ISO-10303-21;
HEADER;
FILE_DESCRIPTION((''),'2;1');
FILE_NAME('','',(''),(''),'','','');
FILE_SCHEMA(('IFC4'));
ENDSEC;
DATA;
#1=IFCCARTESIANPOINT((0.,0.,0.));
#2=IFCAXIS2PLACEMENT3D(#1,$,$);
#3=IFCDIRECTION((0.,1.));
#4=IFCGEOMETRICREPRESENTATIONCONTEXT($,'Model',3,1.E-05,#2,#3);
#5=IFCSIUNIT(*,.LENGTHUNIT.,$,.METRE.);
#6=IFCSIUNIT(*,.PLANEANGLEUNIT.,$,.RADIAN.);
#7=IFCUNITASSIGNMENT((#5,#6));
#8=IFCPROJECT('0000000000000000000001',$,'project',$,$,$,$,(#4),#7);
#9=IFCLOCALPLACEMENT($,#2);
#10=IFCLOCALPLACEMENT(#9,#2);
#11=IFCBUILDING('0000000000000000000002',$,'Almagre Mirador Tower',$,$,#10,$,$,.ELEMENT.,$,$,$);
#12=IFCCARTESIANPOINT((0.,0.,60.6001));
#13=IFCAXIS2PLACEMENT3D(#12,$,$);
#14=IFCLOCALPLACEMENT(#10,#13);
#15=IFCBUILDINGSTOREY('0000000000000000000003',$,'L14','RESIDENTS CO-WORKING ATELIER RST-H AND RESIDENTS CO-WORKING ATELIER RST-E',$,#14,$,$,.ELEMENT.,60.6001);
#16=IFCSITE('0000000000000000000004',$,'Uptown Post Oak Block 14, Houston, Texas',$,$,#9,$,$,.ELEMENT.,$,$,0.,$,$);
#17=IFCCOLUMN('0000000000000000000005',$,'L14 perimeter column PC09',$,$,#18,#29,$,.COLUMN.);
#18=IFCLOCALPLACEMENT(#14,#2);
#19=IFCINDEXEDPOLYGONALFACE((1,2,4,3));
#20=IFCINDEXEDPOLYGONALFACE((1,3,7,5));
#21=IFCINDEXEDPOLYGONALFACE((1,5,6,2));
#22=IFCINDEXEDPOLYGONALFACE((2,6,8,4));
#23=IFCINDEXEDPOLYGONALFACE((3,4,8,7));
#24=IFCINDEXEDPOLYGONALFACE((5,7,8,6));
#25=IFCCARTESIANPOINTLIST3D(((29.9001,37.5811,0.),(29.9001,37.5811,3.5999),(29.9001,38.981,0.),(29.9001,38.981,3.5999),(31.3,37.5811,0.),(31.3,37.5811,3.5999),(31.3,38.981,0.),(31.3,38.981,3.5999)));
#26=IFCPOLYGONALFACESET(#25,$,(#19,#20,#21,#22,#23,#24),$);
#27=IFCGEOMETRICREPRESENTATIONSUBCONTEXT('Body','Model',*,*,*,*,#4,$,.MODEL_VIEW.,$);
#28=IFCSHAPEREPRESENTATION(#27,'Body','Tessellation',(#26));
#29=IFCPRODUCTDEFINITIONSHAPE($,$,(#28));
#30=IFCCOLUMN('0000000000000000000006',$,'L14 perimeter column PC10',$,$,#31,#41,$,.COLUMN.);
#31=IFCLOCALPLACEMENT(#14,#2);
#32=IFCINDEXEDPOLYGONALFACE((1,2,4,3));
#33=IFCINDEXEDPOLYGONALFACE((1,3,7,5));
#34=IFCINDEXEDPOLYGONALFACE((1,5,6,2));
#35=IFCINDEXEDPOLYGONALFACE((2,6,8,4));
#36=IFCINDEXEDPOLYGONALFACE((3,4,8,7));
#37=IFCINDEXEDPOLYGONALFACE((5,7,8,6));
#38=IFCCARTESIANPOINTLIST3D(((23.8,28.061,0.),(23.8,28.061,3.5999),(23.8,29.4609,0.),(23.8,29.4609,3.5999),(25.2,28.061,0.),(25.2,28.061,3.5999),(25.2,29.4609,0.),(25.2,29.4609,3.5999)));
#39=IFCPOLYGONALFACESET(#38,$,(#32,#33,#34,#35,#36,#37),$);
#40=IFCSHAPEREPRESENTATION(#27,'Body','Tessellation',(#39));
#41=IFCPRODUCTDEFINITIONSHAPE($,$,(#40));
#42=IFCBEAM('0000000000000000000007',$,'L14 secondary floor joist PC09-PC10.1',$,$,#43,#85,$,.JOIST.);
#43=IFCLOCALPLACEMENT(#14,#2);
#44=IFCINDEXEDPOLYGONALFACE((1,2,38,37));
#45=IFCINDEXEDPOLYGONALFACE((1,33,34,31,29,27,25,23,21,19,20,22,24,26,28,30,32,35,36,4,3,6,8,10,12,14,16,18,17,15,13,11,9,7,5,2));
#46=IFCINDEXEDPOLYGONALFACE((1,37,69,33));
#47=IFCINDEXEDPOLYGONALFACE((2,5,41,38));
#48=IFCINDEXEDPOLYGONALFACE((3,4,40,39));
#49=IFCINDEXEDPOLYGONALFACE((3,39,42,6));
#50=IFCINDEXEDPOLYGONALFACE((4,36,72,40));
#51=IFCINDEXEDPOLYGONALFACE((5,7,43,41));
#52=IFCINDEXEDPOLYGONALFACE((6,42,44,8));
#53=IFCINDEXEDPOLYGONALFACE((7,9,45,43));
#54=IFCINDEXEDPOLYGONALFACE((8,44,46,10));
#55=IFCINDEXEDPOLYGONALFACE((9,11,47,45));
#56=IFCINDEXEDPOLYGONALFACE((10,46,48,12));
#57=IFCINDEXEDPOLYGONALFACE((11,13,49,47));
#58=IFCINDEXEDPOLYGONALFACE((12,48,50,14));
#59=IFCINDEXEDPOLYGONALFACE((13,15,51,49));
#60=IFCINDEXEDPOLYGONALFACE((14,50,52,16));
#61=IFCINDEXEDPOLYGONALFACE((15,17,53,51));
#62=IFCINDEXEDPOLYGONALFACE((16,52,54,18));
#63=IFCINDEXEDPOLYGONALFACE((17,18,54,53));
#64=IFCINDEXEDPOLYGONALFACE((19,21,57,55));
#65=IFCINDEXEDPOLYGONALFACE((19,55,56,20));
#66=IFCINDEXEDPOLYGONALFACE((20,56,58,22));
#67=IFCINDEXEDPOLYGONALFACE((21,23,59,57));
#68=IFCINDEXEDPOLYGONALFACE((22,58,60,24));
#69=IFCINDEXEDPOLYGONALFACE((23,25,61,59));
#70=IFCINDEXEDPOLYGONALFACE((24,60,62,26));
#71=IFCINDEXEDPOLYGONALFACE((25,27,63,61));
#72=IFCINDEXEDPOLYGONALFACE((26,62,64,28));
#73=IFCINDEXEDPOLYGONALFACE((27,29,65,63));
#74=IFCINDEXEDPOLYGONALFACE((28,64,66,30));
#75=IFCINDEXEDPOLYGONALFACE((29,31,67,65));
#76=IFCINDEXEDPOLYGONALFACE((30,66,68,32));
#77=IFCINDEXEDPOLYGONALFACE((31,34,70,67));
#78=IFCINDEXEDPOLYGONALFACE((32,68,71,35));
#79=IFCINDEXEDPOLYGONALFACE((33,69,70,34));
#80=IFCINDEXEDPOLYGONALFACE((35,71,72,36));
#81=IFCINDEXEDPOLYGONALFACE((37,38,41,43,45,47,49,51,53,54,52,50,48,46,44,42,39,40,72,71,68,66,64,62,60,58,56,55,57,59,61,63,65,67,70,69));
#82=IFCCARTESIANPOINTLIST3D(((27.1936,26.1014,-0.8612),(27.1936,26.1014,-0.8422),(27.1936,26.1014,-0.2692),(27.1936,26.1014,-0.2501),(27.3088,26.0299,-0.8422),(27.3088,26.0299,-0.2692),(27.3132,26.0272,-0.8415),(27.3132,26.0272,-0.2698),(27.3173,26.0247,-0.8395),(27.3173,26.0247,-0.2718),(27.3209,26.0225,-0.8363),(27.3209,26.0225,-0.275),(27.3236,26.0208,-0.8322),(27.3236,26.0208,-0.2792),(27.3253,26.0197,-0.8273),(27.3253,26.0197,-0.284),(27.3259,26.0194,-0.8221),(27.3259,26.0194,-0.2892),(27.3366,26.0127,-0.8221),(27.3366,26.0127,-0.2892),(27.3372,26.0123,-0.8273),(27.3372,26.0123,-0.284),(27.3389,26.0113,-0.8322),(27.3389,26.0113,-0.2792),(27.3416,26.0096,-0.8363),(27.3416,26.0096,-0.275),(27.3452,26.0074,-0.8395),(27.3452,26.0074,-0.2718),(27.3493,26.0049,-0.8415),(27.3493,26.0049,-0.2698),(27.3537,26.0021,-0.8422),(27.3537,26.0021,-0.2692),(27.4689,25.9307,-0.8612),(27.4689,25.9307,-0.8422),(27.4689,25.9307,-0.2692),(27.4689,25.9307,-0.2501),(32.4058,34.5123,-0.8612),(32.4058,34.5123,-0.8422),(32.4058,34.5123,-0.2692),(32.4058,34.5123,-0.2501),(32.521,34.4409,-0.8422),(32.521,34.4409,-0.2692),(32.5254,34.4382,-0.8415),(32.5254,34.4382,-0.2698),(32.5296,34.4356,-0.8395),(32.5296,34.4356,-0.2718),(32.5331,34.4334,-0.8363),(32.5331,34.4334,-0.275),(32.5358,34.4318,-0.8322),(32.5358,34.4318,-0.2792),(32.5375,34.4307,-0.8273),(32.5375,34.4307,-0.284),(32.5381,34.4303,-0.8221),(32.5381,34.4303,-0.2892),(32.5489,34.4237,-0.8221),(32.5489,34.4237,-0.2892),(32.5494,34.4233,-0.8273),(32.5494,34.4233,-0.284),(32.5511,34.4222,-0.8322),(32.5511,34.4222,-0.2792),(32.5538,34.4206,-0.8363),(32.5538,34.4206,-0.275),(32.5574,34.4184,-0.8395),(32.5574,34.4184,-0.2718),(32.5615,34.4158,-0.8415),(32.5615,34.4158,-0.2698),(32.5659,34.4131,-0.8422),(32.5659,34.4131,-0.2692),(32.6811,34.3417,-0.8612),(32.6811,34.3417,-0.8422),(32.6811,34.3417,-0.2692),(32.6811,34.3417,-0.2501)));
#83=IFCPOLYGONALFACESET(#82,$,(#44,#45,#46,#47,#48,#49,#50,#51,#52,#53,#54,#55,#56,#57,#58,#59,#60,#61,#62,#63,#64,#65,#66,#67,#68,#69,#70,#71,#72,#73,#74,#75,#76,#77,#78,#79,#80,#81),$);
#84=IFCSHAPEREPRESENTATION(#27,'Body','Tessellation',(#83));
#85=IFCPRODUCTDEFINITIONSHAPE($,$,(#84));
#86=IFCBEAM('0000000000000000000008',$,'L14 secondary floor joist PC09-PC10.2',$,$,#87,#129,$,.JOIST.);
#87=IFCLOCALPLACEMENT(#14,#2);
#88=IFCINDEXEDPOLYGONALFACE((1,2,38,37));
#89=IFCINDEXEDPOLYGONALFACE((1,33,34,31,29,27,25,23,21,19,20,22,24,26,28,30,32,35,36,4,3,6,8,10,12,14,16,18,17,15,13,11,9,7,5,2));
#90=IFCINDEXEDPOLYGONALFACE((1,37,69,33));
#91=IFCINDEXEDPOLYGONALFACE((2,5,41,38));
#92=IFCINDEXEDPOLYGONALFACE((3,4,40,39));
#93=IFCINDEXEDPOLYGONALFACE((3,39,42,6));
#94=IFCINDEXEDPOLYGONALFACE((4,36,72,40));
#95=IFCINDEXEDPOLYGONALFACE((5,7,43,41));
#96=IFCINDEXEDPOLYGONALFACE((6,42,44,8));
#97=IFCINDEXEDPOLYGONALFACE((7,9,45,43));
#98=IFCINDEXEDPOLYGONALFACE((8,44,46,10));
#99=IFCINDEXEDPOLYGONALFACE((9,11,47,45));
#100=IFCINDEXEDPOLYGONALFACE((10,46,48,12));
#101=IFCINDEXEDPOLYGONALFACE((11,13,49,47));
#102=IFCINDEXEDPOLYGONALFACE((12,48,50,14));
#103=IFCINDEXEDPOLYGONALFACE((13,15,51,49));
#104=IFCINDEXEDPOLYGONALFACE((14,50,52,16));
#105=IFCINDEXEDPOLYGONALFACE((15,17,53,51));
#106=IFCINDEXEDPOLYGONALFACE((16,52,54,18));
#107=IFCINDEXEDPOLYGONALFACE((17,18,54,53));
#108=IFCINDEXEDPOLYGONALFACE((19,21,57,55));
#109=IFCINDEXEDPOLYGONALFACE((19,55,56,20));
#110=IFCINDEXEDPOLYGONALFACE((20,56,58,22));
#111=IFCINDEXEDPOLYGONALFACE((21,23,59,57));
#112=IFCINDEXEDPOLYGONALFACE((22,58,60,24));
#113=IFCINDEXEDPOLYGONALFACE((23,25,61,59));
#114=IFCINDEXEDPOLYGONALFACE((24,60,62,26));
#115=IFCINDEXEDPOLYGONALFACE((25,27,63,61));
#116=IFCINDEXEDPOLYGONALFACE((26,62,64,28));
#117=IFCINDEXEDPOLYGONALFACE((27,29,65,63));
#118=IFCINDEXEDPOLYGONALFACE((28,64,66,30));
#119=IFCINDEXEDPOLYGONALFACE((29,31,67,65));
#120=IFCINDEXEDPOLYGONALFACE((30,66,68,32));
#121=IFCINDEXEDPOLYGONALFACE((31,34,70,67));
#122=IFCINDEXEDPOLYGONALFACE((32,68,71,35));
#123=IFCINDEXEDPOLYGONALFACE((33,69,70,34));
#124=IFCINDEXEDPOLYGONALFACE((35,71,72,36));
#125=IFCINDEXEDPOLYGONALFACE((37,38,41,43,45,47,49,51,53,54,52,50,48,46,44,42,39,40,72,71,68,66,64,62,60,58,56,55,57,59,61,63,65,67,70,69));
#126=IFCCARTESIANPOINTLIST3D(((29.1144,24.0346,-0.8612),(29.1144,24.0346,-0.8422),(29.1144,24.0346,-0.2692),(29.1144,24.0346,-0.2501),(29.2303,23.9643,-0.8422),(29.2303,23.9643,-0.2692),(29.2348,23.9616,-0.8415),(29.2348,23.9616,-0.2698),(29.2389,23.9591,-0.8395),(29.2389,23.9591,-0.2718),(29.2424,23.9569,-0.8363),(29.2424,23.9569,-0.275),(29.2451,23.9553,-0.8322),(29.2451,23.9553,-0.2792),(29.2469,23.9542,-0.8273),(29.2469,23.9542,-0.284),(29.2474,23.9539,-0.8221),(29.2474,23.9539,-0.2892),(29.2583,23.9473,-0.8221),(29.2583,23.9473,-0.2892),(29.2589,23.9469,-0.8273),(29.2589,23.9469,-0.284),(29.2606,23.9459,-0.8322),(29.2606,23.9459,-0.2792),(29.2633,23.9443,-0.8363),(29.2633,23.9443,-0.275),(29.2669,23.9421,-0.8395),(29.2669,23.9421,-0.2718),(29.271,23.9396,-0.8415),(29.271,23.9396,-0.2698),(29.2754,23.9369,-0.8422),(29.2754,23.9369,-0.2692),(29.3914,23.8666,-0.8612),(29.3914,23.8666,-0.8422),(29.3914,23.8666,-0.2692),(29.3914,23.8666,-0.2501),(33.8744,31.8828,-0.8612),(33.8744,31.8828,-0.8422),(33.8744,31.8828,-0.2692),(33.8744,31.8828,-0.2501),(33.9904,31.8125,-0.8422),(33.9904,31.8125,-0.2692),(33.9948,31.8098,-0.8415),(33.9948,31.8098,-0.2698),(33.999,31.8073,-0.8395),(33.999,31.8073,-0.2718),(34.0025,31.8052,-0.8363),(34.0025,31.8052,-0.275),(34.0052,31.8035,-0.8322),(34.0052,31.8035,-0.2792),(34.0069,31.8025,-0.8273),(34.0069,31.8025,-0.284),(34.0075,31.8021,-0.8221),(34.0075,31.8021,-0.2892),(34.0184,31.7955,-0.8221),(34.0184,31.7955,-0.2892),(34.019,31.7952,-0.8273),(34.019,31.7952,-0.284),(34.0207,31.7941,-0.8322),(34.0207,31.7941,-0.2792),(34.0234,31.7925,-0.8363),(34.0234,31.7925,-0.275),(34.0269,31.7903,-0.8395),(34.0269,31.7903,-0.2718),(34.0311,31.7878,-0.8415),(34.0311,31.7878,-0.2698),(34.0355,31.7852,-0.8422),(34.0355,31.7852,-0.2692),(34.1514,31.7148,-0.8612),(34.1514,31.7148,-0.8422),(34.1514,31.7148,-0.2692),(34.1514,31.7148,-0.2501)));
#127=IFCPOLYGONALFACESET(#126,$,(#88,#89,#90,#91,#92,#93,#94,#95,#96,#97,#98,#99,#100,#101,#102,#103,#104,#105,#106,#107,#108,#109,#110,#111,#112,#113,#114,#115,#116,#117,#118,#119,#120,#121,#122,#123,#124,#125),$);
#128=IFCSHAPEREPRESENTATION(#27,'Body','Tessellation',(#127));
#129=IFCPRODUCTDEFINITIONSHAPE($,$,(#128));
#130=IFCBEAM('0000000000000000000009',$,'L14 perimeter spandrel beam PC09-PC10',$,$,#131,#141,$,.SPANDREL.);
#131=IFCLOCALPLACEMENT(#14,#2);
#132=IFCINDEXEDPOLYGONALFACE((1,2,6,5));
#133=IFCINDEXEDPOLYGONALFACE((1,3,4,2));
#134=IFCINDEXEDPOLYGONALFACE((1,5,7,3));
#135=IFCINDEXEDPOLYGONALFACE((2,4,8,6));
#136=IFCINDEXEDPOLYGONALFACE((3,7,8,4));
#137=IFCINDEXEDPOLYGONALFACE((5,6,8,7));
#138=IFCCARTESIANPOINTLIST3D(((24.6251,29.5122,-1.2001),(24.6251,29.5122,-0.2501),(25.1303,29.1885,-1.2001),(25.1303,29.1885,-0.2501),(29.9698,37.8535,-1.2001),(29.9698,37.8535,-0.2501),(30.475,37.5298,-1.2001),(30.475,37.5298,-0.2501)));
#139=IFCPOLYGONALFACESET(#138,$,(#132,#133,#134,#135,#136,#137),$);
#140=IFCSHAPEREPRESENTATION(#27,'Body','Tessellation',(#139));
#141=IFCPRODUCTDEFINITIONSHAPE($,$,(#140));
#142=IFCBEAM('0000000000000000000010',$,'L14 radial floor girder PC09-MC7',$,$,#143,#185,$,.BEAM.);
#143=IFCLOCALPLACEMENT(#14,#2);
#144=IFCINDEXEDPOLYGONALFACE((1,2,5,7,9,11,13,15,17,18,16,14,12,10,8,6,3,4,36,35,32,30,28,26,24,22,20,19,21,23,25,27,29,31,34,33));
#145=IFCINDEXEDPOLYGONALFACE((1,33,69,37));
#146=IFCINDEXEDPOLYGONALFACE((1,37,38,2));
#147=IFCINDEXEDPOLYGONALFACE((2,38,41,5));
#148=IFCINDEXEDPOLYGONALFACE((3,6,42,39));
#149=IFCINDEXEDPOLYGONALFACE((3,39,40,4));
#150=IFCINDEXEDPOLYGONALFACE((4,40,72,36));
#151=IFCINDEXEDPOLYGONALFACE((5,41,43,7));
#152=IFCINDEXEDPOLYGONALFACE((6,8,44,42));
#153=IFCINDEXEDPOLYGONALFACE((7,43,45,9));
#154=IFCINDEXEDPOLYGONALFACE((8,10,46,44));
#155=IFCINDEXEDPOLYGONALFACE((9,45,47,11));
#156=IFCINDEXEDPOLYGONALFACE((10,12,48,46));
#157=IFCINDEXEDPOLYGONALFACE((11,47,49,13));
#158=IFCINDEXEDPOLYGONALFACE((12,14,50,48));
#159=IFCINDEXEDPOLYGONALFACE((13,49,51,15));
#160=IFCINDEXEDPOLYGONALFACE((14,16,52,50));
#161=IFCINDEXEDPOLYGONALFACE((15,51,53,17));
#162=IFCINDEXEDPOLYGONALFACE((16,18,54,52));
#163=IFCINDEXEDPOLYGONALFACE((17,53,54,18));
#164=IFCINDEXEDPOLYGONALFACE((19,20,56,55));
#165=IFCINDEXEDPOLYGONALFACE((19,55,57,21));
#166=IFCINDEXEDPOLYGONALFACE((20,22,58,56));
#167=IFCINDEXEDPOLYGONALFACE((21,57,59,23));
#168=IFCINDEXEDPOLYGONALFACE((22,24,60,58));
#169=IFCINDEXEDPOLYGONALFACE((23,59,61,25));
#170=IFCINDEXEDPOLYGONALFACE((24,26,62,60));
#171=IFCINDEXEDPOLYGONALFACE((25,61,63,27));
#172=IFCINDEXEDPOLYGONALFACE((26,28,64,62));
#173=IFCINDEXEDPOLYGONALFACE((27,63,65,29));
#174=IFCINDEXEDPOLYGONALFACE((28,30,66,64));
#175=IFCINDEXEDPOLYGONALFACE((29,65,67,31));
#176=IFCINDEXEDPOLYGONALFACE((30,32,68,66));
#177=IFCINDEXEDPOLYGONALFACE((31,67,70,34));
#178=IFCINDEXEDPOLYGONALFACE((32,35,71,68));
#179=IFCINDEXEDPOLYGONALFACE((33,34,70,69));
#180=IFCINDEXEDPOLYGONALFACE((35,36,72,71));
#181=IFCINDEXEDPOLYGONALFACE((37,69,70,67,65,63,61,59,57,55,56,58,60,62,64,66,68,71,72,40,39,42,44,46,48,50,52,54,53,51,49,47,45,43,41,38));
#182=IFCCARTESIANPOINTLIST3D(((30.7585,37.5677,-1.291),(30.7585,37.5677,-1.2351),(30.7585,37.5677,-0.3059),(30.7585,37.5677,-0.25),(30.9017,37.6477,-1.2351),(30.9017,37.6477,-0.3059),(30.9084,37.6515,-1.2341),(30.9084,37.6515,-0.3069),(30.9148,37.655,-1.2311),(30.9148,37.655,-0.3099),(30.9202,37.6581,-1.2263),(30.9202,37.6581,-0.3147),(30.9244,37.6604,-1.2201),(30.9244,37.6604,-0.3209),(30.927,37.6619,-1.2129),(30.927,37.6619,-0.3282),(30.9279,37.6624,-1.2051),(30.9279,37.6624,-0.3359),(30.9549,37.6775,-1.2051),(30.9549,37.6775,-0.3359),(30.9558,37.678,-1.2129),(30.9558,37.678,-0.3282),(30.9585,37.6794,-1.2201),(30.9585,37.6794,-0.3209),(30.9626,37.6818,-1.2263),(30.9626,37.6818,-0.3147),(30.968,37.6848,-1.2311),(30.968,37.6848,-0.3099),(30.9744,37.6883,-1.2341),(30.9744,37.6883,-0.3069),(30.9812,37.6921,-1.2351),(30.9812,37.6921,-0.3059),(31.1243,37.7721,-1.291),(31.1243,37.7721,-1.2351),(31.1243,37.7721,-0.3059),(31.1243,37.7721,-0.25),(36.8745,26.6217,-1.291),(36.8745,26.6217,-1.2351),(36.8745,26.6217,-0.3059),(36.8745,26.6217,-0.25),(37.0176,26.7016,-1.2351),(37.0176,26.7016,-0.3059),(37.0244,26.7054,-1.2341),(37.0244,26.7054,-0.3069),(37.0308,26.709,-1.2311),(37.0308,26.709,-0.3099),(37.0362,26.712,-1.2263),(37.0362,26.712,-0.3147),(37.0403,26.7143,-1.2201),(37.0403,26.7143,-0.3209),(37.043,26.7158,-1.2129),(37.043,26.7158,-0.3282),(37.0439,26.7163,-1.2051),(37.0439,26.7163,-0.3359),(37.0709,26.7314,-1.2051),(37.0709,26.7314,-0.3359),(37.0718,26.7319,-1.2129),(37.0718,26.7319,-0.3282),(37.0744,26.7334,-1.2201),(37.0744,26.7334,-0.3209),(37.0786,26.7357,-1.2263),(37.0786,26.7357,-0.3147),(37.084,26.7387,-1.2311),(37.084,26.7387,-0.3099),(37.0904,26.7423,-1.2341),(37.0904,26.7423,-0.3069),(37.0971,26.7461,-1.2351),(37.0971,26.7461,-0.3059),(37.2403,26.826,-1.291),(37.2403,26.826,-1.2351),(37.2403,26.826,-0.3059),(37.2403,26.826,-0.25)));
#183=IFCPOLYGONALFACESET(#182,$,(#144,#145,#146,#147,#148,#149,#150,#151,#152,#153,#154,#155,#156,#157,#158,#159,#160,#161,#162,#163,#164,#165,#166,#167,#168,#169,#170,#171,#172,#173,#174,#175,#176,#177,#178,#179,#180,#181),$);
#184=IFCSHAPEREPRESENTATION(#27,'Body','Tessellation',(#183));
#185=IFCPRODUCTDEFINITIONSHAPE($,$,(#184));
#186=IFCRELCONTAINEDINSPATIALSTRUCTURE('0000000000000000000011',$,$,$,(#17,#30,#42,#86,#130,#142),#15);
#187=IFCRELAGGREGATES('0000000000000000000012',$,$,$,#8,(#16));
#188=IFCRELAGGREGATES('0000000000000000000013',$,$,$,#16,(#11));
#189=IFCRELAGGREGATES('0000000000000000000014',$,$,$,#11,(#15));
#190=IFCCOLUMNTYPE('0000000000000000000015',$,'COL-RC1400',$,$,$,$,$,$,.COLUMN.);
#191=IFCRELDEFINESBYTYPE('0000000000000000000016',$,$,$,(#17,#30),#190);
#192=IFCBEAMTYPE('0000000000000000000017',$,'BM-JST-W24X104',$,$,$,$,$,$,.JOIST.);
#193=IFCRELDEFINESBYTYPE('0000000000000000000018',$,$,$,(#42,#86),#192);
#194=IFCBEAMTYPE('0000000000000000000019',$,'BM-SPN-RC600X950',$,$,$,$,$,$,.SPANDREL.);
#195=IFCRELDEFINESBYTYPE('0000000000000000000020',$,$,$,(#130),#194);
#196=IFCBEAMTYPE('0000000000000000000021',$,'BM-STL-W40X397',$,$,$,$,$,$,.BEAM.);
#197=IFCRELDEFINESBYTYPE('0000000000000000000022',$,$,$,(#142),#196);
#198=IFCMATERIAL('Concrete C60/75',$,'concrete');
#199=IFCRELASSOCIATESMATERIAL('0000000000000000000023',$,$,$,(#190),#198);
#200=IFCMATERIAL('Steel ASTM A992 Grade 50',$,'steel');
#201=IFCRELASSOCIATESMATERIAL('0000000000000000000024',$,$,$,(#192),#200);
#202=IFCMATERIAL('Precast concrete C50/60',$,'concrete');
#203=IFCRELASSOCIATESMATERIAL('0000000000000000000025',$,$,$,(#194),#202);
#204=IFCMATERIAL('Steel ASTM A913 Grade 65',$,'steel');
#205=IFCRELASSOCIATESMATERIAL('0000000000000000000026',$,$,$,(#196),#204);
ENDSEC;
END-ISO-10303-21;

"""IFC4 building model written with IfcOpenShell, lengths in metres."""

from ifc_helpers import new_model, si_unit, direction, frame, origin, origin_2d, place, context, subcontext, project, spatial, rectangle, i_section, extrude, material, material_profile, profile_set, type_object, element, save


model = new_model("IFC4")

# Units and contexts
model_context = context("Model", 3, precision=1e-05, world=origin(), true_north=direction((0.0, 1.0)))
body_context = subcontext(model_context, "Body", "Model", "MODEL_VIEW")
ifc_project = project(units=[si_unit("LENGTHUNIT", "METRE"), si_unit("PLANEANGLEUNIT", "RADIAN")], contexts=[model_context])

# Site, building, storey
site_placement = place(None, origin())
site = spatial("IfcSite", under=ifc_project, at=site_placement, Name="Uptown Post Oak Block 14, Houston, Texas", CompositionType="ELEMENT", RefElevation=0.0)
building_placement = place(site_placement, origin())
building = spatial("IfcBuilding", under=site, at=building_placement, Name="Almagre Mirador Tower", CompositionType="ELEMENT")
storey_placement = place(building_placement, frame((0.0, 0.0, 60.6001)))
storey = spatial("IfcBuildingStorey", under=building, at=storey_placement, Name="L14", Description="RESIDENTS CO-WORKING ATELIER RST-H AND RESIDENTS CO-WORKING ATELIER RST-E", CompositionType="ELEMENT", Elevation=60.6001)

# Columns
ifc_material_1 = material(Name="Concrete C60/75", Category="concrete")
ifc_material_profile_1 = material_profile(ifc_material_1, rectangle(XDim=1.3999, YDim=1.3999, at=origin_2d()), Name="RC1400X1400")
ifc_profile_set_1 = profile_set([ifc_material_profile_1], Name="Concrete C60/75")
column_type = type_object("IfcColumnType", Name="COL-RC1400", PredefinedType="COLUMN", material=ifc_profile_set_1)
for number, where, z_axis, x_axis, name in (
    (1, (30.6001, 38.281, 0.0), (0.0, 0.0, 1.0), (1.0, 0.0, 0.0), "L14 perimeter column PC09"),
    (2, (24.5, 28.761, 0.0), (0.0, 0.0, 1.0), (1.0, 0.0, 0.0), "L14 perimeter column PC10"),
):
    element("IfcColumn", number, at=place(storey_placement, frame(where, z_axis=z_axis, x_axis=x_axis)), inside=storey, type_object=column_type, Name=name, PredefinedType="COLUMN", context=body_context, shape_type="SweptSolid", body=[
        extrude(rectangle(XDim=1.3999, YDim=1.3999, at=origin_2d()), origin(), (0.0, 0.0, 1.0), 3.5999),
    ])

# Beams
ifc_material_2 = material(Name="Steel ASTM A992 Grade 50", Category="steel")
ifc_material_profile_2 = material_profile(ifc_material_2, i_section(OverallWidth=0.324, OverallDepth=0.6111, WebThickness=0.0127, FlangeThickness=0.019, FilletRadius=0.02, at=origin_2d()), Name="W24X104")
ifc_profile_set_2 = profile_set([ifc_material_profile_2], Name="Steel ASTM A992 Grade 50")
beam_type_1 = type_object("IfcBeamType", Name="BM-JST-W24X104", PredefinedType="JOIST", material=ifc_profile_set_2)
beam_1_placement = place(storey_placement, frame((32.5435, 34.427, -0.5557), z_axis=(-0.52675, -0.85002, 0.0), x_axis=(0.85002, -0.52675, 0.0)))
element("IfcBeam", 3, at=beam_1_placement, inside=storey, type_object=beam_type_1, Name="L14 secondary floor joist PC09-PC10.1", PredefinedType="JOIST", context=body_context, shape_type="SweptSolid", body=[
    extrude(i_section(OverallWidth=0.324, OverallDepth=0.6111, WebThickness=0.0127, FlangeThickness=0.019, FilletRadius=0.02, at=origin_2d()), origin(), (0.0, 0.0, 1.0), 9.895),
])
beam_2_placement = place(storey_placement, frame((34.0129, 31.7988, -0.5557), z_axis=(-0.518585, -0.855026, 0.0), x_axis=(0.855026, -0.518585, 0.0)))
element("IfcBeam", 4, at=beam_2_placement, inside=storey, type_object=beam_type_1, Name="L14 secondary floor joist PC09-PC10.2", PredefinedType="JOIST", context=body_context, shape_type="SweptSolid", body=[
    extrude(i_section(OverallWidth=0.324, OverallDepth=0.6111, WebThickness=0.0127, FlangeThickness=0.019, FilletRadius=0.02, at=origin_2d()), origin(), (0.0, 0.0, 1.0), 9.179),
])
ifc_material_3 = material(Name="Precast concrete C50/60", Category="concrete")
ifc_material_profile_3 = material_profile(ifc_material_3, rectangle(XDim=0.6001, YDim=0.95, at=origin_2d()), Name="RC600X950")
ifc_profile_set_3 = profile_set([ifc_material_profile_3], Name="Precast concrete C50/60")
beam_type_2 = type_object("IfcBeamType", Name="BM-SPN-RC600X950", PredefinedType="SPANDREL", material=ifc_profile_set_3)
beam_3_placement = place(storey_placement, frame((30.2224, 37.6917, -0.7251), z_axis=(-0.539504, -0.841983, 0.0), x_axis=(0.841983, -0.539504, 0.0)))
element("IfcBeam", 5, at=beam_3_placement, inside=storey, type_object=beam_type_2, Name="L14 perimeter spandrel beam PC09-PC10", PredefinedType="SPANDREL", context=body_context, shape_type="SweptSolid", body=[
    extrude(rectangle(XDim=0.6001, YDim=0.95, at=origin_2d()), origin(), (0.0, 0.0, 1.0), 9.9067),
])
ifc_material_4 = material(Name="Steel ASTM A913 Grade 65", Category="steel")
ifc_material_profile_4 = material_profile(ifc_material_4, i_section(OverallWidth=0.4189, OverallDepth=1.041, WebThickness=0.031, FlangeThickness=0.0559, FilletRadius=0.03, at=origin_2d()), Name="W40X397")
ifc_profile_set_4 = profile_set([ifc_material_profile_4], Name="Steel ASTM A913 Grade 65")
beam_type_3 = type_object("IfcBeamType", Name="BM-STL-W40X397", PredefinedType="BEAM", material=ifc_profile_set_4)
beam_4_placement = place(storey_placement, frame((30.9414, 37.6699, -0.7705), z_axis=(0.487764, -0.872975, 0.0), x_axis=(0.872975, 0.487764, 0.0)))
element("IfcBeam", 6, at=beam_4_placement, inside=storey, type_object=beam_type_3, Name="L14 radial floor girder PC09-MC7", PredefinedType="BEAM", context=body_context, shape_type="SweptSolid", body=[
    extrude(i_section(OverallWidth=0.4189, OverallDepth=1.041, WebThickness=0.031, FlangeThickness=0.0559, FilletRadius=0.03, at=origin_2d()), origin(), (0.0, 0.0, 1.0), 12.5388),
])

save(model, "model.ifc")
